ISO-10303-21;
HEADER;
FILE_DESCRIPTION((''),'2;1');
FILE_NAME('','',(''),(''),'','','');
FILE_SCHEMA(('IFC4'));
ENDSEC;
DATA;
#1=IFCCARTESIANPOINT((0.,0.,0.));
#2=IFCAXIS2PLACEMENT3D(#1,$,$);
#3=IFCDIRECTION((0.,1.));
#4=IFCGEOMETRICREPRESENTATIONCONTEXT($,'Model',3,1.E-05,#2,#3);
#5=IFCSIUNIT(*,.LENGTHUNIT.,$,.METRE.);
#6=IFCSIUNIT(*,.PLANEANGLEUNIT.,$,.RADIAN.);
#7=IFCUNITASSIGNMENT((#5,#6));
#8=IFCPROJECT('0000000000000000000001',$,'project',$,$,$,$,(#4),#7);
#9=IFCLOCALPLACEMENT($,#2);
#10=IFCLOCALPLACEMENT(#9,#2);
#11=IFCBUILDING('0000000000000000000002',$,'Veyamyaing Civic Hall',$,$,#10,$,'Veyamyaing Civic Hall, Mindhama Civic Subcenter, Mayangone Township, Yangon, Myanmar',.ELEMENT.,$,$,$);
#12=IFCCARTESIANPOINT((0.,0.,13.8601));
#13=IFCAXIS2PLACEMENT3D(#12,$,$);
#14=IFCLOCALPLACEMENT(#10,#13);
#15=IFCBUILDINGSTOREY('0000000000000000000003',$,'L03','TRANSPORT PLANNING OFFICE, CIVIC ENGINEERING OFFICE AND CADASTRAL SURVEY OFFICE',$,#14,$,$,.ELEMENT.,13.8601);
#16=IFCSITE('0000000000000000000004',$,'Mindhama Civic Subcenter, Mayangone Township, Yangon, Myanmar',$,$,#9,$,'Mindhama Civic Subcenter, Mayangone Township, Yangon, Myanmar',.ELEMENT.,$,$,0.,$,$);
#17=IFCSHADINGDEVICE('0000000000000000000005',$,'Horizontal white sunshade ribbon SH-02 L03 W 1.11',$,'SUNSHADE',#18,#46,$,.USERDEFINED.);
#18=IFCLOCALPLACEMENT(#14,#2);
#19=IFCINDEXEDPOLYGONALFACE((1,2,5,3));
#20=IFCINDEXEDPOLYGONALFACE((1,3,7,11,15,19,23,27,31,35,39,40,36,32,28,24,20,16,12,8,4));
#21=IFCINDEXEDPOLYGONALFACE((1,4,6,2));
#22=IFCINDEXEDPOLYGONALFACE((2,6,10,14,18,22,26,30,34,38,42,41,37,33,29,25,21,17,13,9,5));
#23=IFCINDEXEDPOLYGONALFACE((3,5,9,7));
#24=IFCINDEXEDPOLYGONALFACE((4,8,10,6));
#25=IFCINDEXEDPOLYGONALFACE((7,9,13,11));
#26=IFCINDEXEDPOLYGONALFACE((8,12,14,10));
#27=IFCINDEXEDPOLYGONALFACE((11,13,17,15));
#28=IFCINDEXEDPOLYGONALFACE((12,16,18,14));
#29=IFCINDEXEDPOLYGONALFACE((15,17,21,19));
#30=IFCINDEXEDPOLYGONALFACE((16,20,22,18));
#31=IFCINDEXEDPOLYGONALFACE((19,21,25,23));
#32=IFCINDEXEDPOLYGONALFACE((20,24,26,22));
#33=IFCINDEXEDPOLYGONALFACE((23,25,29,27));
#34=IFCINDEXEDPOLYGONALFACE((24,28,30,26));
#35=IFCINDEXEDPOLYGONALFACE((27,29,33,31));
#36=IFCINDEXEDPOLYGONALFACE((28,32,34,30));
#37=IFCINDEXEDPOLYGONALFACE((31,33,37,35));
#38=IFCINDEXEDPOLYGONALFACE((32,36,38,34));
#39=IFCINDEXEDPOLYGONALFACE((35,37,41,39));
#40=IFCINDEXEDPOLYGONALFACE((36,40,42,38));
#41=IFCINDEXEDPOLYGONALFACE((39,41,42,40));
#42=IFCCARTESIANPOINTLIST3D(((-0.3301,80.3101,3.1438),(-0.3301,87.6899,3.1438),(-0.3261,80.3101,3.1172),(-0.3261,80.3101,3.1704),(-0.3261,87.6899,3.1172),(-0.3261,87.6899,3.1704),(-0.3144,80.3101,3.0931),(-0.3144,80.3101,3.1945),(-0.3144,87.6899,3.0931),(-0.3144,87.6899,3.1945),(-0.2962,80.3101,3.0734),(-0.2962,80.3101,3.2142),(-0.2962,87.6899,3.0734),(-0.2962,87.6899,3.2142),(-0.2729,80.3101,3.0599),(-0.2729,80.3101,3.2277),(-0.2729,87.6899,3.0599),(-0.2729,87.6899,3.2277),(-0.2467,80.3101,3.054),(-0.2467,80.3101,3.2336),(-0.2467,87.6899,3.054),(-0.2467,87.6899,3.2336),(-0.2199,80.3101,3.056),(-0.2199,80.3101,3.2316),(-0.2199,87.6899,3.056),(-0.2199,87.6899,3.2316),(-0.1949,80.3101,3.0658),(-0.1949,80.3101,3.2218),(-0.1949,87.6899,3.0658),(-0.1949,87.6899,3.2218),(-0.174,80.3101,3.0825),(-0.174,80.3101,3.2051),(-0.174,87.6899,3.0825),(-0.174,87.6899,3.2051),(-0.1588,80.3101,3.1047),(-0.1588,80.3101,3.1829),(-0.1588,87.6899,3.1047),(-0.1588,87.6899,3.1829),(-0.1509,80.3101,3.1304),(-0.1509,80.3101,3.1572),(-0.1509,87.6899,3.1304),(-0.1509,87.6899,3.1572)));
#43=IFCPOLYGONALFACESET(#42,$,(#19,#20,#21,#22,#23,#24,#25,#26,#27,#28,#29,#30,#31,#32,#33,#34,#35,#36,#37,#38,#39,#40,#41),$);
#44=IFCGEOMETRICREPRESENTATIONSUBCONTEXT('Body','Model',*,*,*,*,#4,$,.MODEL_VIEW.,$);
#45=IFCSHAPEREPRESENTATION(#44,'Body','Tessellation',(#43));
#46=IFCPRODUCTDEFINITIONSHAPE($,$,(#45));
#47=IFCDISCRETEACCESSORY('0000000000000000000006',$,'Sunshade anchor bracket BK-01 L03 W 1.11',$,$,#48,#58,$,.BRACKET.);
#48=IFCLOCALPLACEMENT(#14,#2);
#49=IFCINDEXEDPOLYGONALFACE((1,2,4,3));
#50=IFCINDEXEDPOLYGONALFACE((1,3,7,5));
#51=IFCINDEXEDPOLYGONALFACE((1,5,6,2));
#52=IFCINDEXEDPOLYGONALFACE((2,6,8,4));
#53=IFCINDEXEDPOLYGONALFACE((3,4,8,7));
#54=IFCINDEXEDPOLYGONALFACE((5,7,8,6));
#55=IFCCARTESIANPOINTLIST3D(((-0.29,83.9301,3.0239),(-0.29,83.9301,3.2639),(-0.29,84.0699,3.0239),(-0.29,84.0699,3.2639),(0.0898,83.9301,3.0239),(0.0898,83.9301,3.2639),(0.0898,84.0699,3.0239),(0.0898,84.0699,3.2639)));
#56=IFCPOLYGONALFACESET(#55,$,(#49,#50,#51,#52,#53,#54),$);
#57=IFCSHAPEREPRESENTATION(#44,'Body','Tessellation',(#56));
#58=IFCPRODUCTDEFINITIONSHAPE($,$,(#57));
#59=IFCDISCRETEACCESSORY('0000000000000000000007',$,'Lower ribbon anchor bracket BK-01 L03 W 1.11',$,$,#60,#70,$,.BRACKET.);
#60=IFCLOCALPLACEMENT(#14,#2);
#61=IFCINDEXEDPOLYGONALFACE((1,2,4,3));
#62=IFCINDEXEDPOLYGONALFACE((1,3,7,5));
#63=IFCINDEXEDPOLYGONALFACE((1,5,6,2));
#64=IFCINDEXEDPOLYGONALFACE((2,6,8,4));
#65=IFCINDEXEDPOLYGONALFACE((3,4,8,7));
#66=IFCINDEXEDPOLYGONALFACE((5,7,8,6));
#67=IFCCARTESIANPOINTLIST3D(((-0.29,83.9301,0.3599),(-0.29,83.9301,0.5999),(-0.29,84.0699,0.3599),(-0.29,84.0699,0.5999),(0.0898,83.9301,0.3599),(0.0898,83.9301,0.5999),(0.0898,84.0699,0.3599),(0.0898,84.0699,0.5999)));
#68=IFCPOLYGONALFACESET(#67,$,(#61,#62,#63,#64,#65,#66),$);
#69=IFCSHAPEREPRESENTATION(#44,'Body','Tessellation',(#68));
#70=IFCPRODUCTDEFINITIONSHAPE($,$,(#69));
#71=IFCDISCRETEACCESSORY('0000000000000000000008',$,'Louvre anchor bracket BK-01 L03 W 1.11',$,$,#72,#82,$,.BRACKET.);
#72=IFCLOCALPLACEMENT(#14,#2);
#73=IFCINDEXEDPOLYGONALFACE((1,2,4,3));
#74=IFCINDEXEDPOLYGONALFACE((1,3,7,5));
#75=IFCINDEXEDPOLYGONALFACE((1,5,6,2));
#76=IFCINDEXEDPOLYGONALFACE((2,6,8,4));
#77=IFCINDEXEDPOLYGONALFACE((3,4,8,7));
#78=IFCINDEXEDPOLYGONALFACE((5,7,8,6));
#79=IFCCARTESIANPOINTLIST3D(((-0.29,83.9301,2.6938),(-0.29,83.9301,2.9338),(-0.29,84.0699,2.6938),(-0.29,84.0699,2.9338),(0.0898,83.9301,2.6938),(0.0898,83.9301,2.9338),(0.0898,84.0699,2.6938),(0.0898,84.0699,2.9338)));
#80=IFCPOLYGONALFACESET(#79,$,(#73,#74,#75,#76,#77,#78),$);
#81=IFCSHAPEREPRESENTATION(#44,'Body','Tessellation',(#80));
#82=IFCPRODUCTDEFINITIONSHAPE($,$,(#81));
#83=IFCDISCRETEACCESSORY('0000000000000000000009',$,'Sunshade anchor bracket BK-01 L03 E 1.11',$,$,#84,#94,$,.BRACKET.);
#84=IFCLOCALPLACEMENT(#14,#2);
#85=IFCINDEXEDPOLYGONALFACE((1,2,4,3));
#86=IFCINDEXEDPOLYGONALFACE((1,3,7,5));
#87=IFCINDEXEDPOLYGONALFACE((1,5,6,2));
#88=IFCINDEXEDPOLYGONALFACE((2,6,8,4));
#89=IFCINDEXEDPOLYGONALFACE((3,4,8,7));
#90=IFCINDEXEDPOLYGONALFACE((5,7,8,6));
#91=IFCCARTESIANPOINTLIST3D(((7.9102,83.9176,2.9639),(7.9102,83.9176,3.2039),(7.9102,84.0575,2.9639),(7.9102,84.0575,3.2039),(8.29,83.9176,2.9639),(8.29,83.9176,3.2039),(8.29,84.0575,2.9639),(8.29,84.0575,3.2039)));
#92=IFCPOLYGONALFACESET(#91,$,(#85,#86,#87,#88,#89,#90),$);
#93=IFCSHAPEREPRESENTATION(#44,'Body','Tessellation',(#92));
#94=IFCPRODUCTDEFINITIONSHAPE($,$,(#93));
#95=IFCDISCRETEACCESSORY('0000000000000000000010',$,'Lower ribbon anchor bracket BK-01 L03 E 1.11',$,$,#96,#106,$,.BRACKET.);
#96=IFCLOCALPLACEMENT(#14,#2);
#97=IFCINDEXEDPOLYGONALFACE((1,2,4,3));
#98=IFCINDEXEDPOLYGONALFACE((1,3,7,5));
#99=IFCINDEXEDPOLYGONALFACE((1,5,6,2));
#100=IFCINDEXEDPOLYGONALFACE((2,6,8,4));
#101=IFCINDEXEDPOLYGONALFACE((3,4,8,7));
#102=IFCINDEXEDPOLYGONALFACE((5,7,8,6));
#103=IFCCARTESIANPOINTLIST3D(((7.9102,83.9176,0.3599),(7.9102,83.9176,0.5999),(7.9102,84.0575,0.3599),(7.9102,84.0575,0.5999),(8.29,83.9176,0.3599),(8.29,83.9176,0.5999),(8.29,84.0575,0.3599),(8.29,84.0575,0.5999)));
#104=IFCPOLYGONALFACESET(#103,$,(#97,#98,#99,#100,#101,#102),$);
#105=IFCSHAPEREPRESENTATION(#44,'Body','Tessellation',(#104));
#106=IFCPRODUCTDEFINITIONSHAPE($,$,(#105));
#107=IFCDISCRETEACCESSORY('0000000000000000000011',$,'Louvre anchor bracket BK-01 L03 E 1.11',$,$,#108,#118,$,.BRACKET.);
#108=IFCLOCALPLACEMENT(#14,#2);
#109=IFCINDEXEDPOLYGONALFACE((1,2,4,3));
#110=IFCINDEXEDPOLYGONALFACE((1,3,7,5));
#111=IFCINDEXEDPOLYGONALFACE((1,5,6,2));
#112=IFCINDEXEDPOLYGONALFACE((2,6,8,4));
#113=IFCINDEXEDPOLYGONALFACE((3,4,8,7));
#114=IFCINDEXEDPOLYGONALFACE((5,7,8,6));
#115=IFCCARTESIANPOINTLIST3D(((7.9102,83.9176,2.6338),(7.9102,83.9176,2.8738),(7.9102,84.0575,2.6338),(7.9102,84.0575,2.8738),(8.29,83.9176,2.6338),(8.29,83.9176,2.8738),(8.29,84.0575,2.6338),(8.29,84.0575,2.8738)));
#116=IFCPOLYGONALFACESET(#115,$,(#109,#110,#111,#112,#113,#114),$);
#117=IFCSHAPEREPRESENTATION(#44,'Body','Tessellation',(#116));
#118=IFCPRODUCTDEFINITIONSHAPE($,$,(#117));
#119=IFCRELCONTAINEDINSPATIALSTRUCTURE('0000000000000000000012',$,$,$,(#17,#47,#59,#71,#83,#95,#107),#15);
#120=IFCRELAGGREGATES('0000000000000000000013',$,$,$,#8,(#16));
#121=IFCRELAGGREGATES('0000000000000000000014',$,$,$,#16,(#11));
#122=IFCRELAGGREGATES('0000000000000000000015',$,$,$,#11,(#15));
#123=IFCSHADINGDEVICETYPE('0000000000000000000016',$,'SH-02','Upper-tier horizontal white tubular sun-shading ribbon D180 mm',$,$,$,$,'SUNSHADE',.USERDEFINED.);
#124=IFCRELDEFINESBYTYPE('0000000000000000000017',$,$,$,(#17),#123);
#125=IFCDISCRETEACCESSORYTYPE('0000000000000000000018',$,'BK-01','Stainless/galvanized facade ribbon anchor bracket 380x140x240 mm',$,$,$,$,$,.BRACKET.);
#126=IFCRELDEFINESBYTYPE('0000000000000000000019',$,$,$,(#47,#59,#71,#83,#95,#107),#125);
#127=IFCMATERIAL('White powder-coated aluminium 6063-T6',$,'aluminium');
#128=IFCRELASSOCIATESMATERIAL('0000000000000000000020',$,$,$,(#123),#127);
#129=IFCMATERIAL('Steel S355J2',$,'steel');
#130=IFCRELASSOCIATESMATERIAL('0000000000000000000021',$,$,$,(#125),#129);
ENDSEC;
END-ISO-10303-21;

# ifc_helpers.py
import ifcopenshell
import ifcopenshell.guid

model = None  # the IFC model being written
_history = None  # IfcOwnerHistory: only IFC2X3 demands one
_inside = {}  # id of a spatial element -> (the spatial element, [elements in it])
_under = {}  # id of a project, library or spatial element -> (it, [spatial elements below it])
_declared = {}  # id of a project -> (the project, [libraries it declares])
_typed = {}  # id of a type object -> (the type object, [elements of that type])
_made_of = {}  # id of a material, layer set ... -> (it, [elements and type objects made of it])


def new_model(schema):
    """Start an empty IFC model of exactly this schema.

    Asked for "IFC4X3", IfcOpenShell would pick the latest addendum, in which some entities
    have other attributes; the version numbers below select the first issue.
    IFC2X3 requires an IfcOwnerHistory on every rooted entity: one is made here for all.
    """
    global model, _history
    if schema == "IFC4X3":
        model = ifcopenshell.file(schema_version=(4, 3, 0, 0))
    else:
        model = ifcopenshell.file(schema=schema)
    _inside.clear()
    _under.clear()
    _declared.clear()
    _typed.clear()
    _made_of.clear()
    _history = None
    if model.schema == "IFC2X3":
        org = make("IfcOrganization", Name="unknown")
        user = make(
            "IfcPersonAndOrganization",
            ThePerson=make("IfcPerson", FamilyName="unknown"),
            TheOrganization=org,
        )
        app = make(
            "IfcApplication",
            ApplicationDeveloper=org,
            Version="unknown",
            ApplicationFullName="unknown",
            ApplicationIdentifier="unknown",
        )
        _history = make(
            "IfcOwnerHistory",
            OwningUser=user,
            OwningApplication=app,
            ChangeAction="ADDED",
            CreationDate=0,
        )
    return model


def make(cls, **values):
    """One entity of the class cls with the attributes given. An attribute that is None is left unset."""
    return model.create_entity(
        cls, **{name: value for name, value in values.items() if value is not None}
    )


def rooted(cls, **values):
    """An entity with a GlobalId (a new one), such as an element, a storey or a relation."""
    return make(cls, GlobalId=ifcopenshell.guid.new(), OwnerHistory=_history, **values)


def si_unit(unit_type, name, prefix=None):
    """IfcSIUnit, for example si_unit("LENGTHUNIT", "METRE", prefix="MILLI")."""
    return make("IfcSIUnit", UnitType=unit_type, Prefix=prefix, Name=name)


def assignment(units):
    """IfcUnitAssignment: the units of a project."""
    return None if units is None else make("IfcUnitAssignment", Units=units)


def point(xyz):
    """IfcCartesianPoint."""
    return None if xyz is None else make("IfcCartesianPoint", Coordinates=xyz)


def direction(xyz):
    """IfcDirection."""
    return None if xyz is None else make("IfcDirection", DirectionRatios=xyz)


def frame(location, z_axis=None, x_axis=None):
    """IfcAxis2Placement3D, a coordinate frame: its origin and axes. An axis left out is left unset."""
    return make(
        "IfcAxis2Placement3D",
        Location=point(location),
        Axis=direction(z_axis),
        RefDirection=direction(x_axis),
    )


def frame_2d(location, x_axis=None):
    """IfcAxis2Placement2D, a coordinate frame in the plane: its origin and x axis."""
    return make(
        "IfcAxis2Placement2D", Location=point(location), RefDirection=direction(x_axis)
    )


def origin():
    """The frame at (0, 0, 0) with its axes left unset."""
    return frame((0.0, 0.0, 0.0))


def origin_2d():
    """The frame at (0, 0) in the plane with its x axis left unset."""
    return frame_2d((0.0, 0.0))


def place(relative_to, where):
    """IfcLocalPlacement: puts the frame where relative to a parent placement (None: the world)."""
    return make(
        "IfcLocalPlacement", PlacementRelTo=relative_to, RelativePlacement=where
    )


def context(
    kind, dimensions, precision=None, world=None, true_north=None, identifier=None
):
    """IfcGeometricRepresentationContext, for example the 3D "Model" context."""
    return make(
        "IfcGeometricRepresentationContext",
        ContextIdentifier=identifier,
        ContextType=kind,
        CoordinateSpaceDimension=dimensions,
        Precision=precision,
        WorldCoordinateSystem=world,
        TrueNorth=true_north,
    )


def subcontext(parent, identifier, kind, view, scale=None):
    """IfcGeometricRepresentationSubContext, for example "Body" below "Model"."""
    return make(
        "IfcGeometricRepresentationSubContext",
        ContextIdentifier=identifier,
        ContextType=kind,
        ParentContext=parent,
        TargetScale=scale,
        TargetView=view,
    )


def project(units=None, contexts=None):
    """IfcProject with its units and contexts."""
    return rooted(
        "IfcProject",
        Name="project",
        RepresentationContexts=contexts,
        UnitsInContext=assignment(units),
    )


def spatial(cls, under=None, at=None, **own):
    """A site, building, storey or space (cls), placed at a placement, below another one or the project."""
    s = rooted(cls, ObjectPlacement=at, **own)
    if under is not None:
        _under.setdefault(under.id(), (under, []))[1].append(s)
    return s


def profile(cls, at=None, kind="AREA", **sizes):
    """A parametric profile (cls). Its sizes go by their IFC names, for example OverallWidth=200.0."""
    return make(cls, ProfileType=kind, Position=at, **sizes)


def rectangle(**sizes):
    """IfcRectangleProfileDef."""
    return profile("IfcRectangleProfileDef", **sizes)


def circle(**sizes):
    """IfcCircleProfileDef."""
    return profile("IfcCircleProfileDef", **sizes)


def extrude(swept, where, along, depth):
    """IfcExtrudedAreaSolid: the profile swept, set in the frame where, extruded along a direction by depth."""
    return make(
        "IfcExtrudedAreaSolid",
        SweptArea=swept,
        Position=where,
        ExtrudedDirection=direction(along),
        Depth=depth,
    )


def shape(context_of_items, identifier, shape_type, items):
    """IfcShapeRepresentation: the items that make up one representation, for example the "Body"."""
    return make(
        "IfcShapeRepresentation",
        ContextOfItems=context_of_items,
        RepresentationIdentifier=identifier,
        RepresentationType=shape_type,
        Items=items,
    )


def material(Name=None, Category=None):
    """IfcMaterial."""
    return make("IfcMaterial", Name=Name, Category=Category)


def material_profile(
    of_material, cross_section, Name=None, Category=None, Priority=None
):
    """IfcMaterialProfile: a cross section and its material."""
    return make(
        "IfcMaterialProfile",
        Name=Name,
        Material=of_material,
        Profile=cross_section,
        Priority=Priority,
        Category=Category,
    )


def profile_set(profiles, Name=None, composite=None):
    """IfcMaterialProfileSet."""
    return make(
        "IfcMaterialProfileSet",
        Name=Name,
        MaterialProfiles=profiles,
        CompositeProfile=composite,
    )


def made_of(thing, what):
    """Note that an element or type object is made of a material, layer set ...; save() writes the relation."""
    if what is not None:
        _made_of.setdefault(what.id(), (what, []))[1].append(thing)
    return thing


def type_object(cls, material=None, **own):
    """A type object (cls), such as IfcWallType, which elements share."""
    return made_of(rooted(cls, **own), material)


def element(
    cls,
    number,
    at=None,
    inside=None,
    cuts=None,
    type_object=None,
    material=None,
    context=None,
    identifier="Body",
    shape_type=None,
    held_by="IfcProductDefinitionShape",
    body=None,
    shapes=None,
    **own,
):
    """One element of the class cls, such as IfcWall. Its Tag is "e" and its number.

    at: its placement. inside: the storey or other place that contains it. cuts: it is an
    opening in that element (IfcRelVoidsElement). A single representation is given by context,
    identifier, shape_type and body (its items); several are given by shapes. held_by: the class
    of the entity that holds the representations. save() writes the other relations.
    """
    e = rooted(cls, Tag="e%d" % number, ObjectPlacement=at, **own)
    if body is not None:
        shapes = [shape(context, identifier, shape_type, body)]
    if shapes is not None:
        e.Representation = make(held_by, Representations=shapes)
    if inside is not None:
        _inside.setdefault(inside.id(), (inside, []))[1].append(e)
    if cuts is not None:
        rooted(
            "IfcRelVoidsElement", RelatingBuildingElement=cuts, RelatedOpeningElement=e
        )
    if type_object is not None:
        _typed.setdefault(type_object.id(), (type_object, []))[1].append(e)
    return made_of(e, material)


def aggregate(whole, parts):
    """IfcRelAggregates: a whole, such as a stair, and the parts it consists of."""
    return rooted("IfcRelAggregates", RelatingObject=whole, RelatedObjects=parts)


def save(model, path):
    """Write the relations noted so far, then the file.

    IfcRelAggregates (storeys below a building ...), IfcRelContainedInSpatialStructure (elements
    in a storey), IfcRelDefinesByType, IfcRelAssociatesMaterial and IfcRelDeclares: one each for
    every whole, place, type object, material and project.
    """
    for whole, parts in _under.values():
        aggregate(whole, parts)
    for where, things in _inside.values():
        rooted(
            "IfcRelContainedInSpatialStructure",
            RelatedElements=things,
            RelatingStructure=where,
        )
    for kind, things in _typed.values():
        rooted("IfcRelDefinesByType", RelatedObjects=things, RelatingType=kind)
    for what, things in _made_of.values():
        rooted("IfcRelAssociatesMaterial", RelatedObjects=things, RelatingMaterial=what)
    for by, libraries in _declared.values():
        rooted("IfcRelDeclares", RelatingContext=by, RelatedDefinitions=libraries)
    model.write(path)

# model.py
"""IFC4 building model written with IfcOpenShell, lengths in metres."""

from ifc_helpers import new_model, si_unit, direction, frame, origin, origin_2d, place, context, subcontext, project, spatial, rectangle, circle, extrude, material, material_profile, profile_set, type_object, element, save


model = new_model("IFC4")

# Units and contexts
model_context = context("Model", 3, precision=1e-05, world=origin(), true_north=direction((0.0, 1.0)))
body_context = subcontext(model_context, "Body", "Model", "MODEL_VIEW")
ifc_project = project(units=[si_unit("LENGTHUNIT", "METRE"), si_unit("PLANEANGLEUNIT", "RADIAN")], contexts=[model_context])

# Site, building, storey
site_placement = place(None, origin())
site = spatial("IfcSite", under=ifc_project, at=site_placement, Name="Mindhama Civic Subcenter, Mayangone Township, Yangon, Myanmar", LongName="Mindhama Civic Subcenter, Mayangone Township, Yangon, Myanmar", CompositionType="ELEMENT", RefElevation=0.0)
building_placement = place(site_placement, origin())
building = spatial("IfcBuilding", under=site, at=building_placement, Name="Veyamyaing Civic Hall", LongName="Veyamyaing Civic Hall, Mindhama Civic Subcenter, Mayangone Township, Yangon, Myanmar", CompositionType="ELEMENT")
storey_placement = place(building_placement, frame((0.0, 0.0, 13.8601)))
storey = spatial("IfcBuildingStorey", under=building, at=storey_placement, Name="L03", Description="TRANSPORT PLANNING OFFICE, CIVIC ENGINEERING OFFICE AND CADASTRAL SURVEY OFFICE", CompositionType="ELEMENT", Elevation=13.8601)

# Shared definitions
ifc_material_1 = material(Name="White powder-coated aluminium 6063-T6", Category="aluminium")

# Shading device
ifc_material_profile_1 = material_profile(ifc_material_1, circle(Radius=0.0901, at=origin_2d()), Name="SHADE-TUBE-180")
ifc_profile_set_1 = profile_set([ifc_material_profile_1], Name="White powder-coated aluminium 6063-T6")
shading_device_type_1 = type_object("IfcShadingDeviceType", Name="SH-02", Description="Upper-tier horizontal white tubular sun-shading ribbon D180 mm", ElementType="SUNSHADE", PredefinedType="USERDEFINED", material=ifc_profile_set_1)
shading_device_1_placement = place(storey_placement, frame((-0.24, 80.3101, 3.1438), z_axis=(0.0, 1.0, 0.0), x_axis=(-1.0, 0.0, 0.0)))
element("IfcShadingDevice", 1, at=shading_device_1_placement, inside=storey, type_object=shading_device_type_1, Name="Horizontal white sunshade ribbon SH-02 L03 W 1.11", ObjectType="SUNSHADE", PredefinedType="USERDEFINED", context=body_context, shape_type="SweptSolid", body=[
    extrude(circle(Radius=0.0901, at=origin_2d()), origin(), (0.0, 0.0, 1.0), 7.3799),
])

# Discrete accessories
ifc_material_2 = material(Name="Steel S355J2", Category="steel")
discrete_accessory_type = type_object("IfcDiscreteAccessoryType", Name="BK-01", Description="Stainless/galvanized facade ribbon anchor bracket 380x140x240 mm", PredefinedType="BRACKET", material=ifc_material_2)
for number, where, z_axis, x_axis, name in (
    (2, (-0.1001, 84.0, 3.0239), (0.0, 0.0, 1.0), (-1.0, 0.0, 0.0), "Sunshade anchor bracket BK-01 L03 W 1.11"),
    (3, (-0.1001, 84.0, 0.3599), (0.0, 0.0, 1.0), (-1.0, 0.0, 0.0), "Lower ribbon anchor bracket BK-01 L03 W 1.11"),
    (4, (-0.1001, 84.0, 2.6938), (0.0, 0.0, 1.0), (-1.0, 0.0, 0.0), "Louvre anchor bracket BK-01 L03 W 1.11"),
    (5, (8.1001, 83.9875, 2.9639), (0.0, 0.0, 1.0), (1.0, 0.0, 0.0), "Sunshade anchor bracket BK-01 L03 E 1.11"),
    (6, (8.1001, 83.9875, 0.3599), (0.0, 0.0, 1.0), (1.0, 0.0, 0.0), "Lower ribbon anchor bracket BK-01 L03 E 1.11"),
    (7, (8.1001, 83.9875, 2.6338), (0.0, 0.0, 1.0), (1.0, 0.0, 0.0), "Louvre anchor bracket BK-01 L03 E 1.11"),
):
    element("IfcDiscreteAccessory", number, at=place(storey_placement, frame(where, z_axis=z_axis, x_axis=x_axis)), inside=storey, type_object=discrete_accessory_type, Name=name, PredefinedType="BRACKET", context=body_context, shape_type="SweptSolid", body=[
        extrude(rectangle(XDim=0.3799, YDim=0.1399, at=origin_2d()), origin(), (0.0, 0.0, 1.0), 0.24),
    ])

save(model, "model.ifc")
